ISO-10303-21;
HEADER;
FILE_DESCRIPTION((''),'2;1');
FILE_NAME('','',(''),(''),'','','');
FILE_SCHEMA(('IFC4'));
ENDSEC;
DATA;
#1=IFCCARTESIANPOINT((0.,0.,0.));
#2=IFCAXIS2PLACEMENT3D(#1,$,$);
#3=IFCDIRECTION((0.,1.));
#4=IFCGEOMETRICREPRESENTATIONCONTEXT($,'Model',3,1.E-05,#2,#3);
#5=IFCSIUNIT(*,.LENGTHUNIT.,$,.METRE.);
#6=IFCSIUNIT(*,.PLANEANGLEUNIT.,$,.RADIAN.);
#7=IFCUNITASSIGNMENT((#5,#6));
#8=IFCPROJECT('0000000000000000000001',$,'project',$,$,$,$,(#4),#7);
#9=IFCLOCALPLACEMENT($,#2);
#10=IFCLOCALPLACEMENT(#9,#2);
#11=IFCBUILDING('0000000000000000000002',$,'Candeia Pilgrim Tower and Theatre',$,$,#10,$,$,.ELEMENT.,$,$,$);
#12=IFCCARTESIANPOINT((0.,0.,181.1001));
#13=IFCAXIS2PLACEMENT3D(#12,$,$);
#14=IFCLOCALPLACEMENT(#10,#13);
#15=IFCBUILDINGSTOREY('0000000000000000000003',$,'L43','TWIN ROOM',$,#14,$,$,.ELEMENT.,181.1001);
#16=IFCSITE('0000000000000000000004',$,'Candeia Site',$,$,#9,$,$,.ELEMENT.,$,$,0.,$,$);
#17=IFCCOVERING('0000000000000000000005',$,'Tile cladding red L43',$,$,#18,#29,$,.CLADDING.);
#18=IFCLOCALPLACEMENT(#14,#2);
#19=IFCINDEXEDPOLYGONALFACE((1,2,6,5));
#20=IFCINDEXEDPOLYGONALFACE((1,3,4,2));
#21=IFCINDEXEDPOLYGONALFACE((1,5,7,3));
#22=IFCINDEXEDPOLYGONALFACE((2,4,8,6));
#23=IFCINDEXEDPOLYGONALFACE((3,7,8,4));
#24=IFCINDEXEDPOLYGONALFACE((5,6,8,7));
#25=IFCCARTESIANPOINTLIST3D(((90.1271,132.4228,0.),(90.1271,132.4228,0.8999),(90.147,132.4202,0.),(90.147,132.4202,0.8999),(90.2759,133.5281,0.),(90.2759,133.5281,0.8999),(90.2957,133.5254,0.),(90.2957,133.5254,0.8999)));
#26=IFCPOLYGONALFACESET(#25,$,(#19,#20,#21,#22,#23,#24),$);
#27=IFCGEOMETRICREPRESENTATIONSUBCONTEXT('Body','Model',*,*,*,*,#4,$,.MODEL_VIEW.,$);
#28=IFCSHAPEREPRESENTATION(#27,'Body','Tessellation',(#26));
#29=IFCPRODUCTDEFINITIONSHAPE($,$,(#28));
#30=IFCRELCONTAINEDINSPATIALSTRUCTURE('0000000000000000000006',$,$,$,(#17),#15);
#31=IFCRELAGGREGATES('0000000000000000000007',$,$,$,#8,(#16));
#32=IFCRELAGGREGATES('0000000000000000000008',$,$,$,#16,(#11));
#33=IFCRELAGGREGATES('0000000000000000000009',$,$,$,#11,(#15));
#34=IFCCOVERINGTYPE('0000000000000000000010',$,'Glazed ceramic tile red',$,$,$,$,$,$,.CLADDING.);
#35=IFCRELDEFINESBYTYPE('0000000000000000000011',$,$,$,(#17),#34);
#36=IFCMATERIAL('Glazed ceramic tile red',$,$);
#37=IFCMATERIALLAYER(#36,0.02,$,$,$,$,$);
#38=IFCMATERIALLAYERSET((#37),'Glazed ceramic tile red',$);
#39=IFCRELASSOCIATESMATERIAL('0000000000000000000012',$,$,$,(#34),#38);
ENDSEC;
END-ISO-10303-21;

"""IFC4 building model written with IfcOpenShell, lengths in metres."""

from ifc_helpers import new_model, si_unit, direction, frame, origin, origin_2d, place, context, subcontext, project, spatial, rectangle, extrude, material, layer, layer_set, type_object, element, save


model = new_model("IFC4")

# Units and contexts
model_context = context("Model", 3, precision=1e-05, world=origin(), true_north=direction((0.0, 1.0)))
body_context = subcontext(model_context, "Body", "Model", "MODEL_VIEW")
ifc_project = project(units=[si_unit("LENGTHUNIT", "METRE"), si_unit("PLANEANGLEUNIT", "RADIAN")], contexts=[model_context])

# Site, building, storey
site_placement = place(None, origin())
site = spatial("IfcSite", under=ifc_project, at=site_placement, Name="Candeia Site", CompositionType="ELEMENT", RefElevation=0.0)
building_placement = place(site_placement, origin())
building = spatial("IfcBuilding", under=site, at=building_placement, Name="Candeia Pilgrim Tower and Theatre", CompositionType="ELEMENT")
storey_placement = place(building_placement, frame((0.0, 0.0, 181.1001)))
storey = spatial("IfcBuildingStorey", under=building, at=storey_placement, Name="L43", Description="TWIN ROOM", CompositionType="ELEMENT", Elevation=181.1001)

# Covering
ifc_material_1 = material(Name="Glazed ceramic tile red")
ifc_layer_1 = layer(ifc_material_1, 0.02)
ifc_layer_set_1 = layer_set([ifc_layer_1], Name="Glazed ceramic tile red")
covering_type = type_object("IfcCoveringType", Name="Glazed ceramic tile red", PredefinedType="CLADDING", material=ifc_layer_set_1)
covering_1_placement = place(storey_placement, frame((90.2114, 132.9741, 0.0), z_axis=(0.0, 0.0, 1.0), x_axis=(-0.133412, -0.991061, 0.0)))
element("IfcCovering", 1, at=covering_1_placement, inside=storey, type_object=covering_type, Name="Tile cladding red L43", PredefinedType="CLADDING", context=body_context, shape_type="SweptSolid", body=[
    extrude(rectangle(XDim=1.1152, YDim=0.02, at=origin_2d()), origin(), (0.0, 0.0, 1.0), 0.8999),
])

save(model, "model.ifc")
